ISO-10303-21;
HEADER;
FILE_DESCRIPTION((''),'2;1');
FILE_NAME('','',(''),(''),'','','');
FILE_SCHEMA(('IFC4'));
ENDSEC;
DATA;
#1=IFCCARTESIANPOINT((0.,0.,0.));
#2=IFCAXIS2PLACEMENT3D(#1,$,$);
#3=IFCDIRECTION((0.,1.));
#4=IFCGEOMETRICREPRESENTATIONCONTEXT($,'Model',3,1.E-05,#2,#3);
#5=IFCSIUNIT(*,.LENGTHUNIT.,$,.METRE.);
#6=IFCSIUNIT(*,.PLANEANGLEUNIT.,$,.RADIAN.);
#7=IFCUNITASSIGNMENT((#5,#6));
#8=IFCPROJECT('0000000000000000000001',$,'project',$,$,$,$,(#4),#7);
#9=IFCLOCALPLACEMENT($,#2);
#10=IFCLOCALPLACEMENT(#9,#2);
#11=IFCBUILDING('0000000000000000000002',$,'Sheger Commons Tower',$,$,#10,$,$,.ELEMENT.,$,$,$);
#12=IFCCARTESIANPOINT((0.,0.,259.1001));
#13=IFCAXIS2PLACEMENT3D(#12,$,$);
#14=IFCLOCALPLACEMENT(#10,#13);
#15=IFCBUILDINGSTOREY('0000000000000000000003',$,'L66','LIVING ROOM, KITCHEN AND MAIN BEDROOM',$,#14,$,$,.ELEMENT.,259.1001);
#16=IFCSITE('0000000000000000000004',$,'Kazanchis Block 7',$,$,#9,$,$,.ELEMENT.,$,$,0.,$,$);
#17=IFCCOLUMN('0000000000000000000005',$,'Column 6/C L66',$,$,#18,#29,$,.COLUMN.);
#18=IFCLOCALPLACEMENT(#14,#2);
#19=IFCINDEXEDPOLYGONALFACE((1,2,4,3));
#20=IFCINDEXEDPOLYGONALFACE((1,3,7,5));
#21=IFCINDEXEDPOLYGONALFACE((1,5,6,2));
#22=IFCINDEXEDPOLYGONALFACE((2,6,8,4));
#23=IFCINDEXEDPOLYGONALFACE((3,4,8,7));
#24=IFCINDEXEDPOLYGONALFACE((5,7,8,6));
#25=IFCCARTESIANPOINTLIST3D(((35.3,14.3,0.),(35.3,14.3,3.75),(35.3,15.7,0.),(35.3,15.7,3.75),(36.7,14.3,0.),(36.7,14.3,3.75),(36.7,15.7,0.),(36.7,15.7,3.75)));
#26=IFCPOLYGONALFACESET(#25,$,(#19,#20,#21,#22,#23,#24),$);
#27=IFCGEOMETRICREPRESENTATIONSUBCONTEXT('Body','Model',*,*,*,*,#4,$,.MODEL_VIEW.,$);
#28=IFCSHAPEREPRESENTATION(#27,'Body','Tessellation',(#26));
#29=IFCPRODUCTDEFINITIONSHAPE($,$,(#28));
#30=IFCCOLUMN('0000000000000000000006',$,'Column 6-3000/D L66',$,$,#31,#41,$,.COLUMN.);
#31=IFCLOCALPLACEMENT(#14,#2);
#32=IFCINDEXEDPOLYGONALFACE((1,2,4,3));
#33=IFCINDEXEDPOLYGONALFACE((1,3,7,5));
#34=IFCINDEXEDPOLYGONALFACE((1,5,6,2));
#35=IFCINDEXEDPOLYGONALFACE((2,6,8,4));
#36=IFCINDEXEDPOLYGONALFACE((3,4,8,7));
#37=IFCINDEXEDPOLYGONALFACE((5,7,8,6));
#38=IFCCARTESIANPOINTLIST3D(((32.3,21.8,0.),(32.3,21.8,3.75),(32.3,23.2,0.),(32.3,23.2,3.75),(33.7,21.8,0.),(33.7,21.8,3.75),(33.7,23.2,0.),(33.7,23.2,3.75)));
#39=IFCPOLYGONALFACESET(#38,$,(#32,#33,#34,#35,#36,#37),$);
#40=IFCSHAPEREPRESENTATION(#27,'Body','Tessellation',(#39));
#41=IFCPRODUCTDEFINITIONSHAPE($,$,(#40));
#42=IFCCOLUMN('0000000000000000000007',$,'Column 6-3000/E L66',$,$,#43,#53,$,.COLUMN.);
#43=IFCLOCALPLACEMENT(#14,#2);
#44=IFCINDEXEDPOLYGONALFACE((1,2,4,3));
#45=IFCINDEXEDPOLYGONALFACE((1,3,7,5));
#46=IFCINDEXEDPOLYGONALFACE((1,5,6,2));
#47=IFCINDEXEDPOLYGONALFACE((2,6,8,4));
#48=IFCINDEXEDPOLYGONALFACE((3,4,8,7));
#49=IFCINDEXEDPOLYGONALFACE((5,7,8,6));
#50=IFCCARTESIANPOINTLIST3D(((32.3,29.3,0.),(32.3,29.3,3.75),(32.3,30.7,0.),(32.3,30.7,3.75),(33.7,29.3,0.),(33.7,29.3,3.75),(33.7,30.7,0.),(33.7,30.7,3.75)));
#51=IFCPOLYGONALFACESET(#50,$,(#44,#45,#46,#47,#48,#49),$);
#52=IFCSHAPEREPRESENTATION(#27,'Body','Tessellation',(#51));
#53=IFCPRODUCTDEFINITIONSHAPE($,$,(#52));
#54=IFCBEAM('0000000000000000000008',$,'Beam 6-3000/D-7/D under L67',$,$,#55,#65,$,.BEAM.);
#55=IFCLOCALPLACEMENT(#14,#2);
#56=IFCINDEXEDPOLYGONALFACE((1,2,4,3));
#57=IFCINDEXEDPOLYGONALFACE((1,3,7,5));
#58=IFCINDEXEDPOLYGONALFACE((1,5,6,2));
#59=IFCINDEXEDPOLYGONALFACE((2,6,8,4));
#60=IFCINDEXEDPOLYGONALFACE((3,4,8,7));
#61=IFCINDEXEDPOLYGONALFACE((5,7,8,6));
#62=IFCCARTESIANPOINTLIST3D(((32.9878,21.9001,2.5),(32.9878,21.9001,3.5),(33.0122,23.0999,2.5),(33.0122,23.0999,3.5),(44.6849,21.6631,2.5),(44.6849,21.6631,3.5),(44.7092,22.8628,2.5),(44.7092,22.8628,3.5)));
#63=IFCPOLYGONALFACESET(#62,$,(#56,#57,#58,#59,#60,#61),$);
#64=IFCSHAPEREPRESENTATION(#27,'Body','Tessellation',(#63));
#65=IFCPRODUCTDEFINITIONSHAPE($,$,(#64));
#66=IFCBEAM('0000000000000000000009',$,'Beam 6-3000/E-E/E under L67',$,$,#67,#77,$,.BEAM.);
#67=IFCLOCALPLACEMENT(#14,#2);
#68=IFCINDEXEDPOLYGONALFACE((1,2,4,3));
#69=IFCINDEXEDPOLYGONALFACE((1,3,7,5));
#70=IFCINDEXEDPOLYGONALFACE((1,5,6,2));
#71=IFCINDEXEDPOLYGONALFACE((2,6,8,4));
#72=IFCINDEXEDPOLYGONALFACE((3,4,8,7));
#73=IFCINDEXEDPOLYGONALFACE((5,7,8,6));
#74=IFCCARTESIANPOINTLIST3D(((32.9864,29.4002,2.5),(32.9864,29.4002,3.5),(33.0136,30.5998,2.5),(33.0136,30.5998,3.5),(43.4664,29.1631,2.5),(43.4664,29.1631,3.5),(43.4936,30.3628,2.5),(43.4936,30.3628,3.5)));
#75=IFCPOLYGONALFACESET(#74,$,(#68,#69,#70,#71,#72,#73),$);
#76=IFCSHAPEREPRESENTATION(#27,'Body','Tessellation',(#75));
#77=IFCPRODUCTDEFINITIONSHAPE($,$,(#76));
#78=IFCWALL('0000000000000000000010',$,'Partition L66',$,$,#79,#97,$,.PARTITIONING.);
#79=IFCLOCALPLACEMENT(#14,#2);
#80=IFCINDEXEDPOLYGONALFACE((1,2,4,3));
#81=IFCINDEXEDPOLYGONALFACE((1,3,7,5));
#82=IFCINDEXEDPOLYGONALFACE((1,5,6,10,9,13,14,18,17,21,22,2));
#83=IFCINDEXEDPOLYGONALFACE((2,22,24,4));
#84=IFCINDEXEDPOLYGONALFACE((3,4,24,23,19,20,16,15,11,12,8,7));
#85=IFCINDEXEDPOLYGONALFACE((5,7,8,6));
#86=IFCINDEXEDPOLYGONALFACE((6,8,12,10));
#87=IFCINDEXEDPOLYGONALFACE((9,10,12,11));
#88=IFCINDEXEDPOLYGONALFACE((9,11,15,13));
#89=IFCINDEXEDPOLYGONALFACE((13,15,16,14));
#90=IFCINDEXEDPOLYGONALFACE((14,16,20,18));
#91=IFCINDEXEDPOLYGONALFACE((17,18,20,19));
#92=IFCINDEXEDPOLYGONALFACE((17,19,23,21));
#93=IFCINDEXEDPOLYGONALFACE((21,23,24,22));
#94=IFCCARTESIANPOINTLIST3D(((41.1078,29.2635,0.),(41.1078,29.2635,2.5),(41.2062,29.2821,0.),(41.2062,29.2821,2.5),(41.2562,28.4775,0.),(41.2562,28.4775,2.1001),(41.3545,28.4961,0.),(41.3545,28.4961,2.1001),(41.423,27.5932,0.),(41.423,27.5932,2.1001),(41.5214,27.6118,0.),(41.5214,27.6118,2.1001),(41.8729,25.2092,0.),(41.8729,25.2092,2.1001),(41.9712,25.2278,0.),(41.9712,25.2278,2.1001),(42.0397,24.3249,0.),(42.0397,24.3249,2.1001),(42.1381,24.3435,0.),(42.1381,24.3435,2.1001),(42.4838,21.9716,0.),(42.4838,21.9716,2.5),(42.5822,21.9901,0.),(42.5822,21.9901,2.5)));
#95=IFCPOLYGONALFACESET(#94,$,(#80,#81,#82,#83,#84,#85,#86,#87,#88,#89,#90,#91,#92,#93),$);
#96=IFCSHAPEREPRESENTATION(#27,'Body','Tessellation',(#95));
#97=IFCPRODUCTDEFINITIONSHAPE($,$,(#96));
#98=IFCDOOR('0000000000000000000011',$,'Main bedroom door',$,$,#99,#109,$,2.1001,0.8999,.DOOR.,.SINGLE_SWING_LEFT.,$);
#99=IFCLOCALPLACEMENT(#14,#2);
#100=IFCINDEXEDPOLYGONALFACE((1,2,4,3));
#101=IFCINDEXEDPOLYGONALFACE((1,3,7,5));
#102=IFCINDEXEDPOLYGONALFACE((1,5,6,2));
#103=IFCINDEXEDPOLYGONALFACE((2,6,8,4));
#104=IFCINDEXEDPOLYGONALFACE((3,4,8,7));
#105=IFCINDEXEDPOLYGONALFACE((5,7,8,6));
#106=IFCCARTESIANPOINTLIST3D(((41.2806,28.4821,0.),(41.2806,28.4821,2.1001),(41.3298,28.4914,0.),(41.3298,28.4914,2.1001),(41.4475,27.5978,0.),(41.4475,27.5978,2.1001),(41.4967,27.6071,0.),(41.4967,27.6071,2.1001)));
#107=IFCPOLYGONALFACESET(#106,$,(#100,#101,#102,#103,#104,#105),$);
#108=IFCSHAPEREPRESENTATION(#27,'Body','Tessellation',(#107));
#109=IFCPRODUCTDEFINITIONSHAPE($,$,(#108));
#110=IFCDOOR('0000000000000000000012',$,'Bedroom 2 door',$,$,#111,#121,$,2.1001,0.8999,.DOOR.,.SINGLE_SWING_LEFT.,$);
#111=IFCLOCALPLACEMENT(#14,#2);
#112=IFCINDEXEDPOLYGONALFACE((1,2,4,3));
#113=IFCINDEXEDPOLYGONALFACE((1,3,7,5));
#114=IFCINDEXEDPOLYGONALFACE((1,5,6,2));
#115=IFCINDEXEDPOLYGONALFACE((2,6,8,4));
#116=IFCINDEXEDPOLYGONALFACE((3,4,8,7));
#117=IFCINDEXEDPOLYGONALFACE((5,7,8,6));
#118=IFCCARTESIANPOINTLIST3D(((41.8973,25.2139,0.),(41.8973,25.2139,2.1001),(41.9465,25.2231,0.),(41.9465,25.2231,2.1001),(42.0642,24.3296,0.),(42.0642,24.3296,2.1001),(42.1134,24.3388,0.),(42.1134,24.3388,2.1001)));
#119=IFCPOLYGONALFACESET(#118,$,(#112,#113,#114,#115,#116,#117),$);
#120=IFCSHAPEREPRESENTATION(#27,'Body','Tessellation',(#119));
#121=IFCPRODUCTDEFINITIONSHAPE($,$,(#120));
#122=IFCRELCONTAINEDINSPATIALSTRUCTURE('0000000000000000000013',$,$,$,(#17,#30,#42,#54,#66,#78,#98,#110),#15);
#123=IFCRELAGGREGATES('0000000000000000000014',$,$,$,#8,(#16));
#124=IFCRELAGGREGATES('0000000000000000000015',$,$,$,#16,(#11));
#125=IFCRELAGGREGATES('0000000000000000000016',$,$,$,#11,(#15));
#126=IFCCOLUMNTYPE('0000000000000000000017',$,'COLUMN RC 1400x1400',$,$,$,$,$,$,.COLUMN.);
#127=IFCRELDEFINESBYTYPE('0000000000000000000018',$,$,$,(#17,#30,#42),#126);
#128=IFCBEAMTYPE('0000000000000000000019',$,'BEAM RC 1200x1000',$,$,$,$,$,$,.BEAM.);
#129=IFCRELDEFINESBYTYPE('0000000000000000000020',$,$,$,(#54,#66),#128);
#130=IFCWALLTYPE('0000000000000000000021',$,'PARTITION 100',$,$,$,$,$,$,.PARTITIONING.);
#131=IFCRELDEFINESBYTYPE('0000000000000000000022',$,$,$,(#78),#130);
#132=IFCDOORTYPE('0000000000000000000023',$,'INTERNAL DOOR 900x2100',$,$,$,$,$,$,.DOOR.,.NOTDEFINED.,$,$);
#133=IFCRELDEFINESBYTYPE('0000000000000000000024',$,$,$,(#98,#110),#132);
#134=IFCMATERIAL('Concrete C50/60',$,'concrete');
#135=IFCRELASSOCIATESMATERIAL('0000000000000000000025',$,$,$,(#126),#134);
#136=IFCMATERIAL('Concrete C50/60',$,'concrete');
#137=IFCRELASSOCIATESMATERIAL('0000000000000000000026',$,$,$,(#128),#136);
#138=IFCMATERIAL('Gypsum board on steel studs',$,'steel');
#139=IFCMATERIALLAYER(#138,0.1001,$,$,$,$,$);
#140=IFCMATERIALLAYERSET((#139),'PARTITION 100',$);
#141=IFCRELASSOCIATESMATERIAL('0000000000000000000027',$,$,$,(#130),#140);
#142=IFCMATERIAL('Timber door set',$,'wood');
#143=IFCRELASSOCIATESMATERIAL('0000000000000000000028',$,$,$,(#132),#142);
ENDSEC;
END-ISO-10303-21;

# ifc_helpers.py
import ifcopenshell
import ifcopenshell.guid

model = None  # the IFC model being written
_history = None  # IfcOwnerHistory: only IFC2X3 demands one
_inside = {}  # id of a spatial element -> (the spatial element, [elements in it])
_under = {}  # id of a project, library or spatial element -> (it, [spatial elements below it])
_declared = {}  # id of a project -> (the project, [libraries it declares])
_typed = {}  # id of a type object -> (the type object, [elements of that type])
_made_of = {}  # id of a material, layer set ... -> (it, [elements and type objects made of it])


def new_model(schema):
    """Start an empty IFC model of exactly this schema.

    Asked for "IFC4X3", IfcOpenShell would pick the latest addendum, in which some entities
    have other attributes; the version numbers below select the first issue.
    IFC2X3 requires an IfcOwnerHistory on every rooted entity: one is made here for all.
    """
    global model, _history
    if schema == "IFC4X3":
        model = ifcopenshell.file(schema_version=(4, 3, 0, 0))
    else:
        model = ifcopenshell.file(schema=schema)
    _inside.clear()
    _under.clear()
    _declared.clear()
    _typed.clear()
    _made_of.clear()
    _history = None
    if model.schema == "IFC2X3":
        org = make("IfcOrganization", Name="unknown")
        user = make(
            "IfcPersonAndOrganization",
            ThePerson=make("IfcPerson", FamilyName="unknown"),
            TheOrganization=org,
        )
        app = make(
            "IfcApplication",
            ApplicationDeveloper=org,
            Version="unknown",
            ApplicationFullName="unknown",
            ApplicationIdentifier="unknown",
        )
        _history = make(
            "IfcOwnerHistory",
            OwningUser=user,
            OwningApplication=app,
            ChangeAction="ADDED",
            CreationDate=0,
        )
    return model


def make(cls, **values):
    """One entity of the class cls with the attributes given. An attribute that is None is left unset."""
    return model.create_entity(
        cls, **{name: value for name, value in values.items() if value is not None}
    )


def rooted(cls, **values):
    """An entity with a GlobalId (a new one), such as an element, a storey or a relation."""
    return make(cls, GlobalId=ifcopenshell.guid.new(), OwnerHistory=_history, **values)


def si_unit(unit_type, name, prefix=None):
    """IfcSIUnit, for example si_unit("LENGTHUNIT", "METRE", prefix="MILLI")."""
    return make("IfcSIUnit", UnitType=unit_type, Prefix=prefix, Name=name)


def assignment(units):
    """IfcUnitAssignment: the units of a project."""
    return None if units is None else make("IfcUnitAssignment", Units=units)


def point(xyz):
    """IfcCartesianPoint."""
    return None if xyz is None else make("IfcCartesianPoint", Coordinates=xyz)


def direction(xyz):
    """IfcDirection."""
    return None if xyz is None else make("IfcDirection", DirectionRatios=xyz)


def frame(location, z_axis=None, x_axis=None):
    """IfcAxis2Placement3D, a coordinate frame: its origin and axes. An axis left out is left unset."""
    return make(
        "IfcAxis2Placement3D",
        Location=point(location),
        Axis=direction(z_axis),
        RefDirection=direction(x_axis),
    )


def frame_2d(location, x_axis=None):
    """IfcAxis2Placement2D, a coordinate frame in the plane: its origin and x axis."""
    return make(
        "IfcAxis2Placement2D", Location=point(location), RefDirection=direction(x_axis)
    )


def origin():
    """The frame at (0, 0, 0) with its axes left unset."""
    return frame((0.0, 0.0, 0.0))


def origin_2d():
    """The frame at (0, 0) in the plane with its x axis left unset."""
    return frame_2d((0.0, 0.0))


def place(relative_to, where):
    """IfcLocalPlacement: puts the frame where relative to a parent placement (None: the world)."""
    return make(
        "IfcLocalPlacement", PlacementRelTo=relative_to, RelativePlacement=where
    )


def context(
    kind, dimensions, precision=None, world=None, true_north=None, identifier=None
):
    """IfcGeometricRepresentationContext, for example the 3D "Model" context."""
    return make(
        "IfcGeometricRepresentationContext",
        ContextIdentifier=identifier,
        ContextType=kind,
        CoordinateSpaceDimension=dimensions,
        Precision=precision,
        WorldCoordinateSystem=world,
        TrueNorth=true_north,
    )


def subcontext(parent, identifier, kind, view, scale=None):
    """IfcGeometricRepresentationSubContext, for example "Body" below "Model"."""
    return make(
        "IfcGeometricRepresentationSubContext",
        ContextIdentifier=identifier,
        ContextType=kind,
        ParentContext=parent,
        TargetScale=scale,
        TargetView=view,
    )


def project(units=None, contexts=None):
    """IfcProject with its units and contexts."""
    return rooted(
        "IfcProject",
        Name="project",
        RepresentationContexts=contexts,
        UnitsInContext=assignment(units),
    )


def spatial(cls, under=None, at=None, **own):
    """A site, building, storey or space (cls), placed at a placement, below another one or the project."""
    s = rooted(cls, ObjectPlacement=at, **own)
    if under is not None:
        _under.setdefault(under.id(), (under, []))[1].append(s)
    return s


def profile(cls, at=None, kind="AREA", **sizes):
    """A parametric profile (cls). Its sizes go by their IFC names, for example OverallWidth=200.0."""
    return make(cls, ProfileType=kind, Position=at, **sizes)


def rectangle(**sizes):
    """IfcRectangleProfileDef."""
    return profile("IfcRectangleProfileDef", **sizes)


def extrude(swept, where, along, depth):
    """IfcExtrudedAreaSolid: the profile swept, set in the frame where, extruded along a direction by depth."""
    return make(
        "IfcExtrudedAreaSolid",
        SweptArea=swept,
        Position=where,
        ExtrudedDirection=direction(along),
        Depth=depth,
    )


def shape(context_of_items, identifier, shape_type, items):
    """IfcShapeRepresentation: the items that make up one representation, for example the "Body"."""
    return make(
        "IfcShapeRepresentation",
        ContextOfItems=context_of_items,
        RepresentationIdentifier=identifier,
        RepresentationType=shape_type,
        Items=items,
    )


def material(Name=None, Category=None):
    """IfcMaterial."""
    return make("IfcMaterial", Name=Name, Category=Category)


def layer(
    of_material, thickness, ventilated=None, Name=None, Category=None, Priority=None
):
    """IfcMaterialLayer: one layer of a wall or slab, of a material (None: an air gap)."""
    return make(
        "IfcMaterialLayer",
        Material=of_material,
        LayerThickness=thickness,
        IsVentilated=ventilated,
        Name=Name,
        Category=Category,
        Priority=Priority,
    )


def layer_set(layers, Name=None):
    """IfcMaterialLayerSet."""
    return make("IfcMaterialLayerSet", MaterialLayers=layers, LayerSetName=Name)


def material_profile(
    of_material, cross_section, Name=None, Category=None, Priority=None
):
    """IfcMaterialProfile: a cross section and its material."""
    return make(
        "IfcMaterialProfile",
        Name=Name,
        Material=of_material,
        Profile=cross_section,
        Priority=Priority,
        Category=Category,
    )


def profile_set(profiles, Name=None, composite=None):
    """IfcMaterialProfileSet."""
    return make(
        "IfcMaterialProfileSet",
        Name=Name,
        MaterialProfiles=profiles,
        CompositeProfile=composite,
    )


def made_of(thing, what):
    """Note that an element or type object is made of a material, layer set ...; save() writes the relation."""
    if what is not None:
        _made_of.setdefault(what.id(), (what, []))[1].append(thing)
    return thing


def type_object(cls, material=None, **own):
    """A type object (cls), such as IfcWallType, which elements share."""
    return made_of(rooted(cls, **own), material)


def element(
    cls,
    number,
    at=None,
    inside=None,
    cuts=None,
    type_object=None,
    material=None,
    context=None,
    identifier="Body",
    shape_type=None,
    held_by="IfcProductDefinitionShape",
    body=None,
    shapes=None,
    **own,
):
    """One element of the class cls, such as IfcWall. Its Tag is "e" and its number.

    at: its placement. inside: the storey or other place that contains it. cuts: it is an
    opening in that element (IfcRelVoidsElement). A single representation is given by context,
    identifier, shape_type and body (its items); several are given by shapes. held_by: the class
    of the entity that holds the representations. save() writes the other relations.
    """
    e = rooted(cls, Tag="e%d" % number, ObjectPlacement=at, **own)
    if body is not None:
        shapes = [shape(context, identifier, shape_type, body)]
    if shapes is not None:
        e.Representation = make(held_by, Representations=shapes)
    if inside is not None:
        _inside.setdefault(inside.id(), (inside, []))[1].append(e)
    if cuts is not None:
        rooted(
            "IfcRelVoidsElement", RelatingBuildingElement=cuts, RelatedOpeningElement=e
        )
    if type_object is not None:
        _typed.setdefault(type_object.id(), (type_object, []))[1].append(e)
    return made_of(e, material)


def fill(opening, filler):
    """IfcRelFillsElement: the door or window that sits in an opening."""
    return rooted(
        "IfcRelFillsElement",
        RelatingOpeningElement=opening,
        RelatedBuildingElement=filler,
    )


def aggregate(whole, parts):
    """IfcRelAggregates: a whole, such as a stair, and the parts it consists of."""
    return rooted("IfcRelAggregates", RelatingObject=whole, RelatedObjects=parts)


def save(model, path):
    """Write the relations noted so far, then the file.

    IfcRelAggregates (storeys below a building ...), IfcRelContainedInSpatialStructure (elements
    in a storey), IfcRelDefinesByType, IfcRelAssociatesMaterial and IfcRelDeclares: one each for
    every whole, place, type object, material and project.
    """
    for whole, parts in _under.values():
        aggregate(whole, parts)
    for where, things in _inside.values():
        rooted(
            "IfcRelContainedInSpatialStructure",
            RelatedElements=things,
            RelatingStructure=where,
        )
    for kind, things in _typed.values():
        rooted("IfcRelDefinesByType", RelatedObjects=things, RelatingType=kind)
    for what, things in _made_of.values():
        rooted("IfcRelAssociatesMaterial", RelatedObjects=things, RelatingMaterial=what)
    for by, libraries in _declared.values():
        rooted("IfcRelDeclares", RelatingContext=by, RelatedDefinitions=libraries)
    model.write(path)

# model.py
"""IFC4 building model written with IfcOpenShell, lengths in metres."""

from ifc_helpers import new_model, si_unit, direction, frame, frame_2d, origin, origin_2d, place, context, subcontext, project, spatial, rectangle, extrude, material, layer, layer_set, material_profile, profile_set, type_object, element, fill, save


model = new_model("IFC4")

# Units and contexts
model_context = context("Model", 3, precision=1e-05, world=origin(), true_north=direction((0.0, 1.0)))
body_context = subcontext(model_context, "Body", "Model", "MODEL_VIEW")
ifc_project = project(units=[si_unit("LENGTHUNIT", "METRE"), si_unit("PLANEANGLEUNIT", "RADIAN")], contexts=[model_context])

# Site, building, storey
site_placement = place(None, origin())
site = spatial("IfcSite", under=ifc_project, at=site_placement, Name="Kazanchis Block 7", CompositionType="ELEMENT", RefElevation=0.0)
building_placement = place(site_placement, origin())
building = spatial("IfcBuilding", under=site, at=building_placement, Name="Sheger Commons Tower", CompositionType="ELEMENT")
storey_placement = place(building_placement, frame((0.0, 0.0, 259.1001)))
storey = spatial("IfcBuildingStorey", under=building, at=storey_placement, Name="L66", Description="LIVING ROOM, KITCHEN AND MAIN BEDROOM", CompositionType="ELEMENT", Elevation=259.1001)

# Columns
ifc_material_1 = material(Name="Concrete C50/60", Category="concrete")
ifc_material_profile_1 = material_profile(ifc_material_1, rectangle(XDim=1.3999, YDim=1.3999, at=origin_2d()), Name="RC 1400x1400")
ifc_profile_set_1 = profile_set([ifc_material_profile_1], Name="Concrete C50/60")
column_type = type_object("IfcColumnType", Name="COLUMN RC 1400x1400", PredefinedType="COLUMN", material=ifc_profile_set_1)
for number, where, z_axis, x_axis, name in (
    (1, (36.0, 15.0, 0.0), (0.0, 0.0, 1.0), (1.0, 0.0, 0.0), "Column 6/C L66"),
    (2, (33.0, 22.5, 0.0), (0.0, 0.0, 1.0), (1.0, 0.0, 0.0), "Column 6-3000/D L66"),
    (3, (33.0, 30.0, 0.0), (0.0, 0.0, 1.0), (1.0, 0.0, 0.0), "Column 6-3000/E L66"),
):
    element("IfcColumn", number, at=place(storey_placement, frame(where, z_axis=z_axis, x_axis=x_axis)), inside=storey, type_object=column_type, Name=name, PredefinedType="COLUMN", context=body_context, shape_type="SweptSolid", body=[
        extrude(rectangle(XDim=1.3999, YDim=1.3999, at=origin_2d()), origin(), (0.0, 0.0, 1.0), 3.75),
    ])

# Beams
ifc_material_2 = material(Name="Concrete C50/60", Category="concrete")
ifc_material_profile_2 = material_profile(ifc_material_2, rectangle(XDim=1.2, YDim=1.0, at=origin_2d()), Name="RC 1200x1000")
ifc_profile_set_2 = profile_set([ifc_material_profile_2], Name="Concrete C50/60")
beam_type = type_object("IfcBeamType", Name="BEAM RC 1200x1000", PredefinedType="BEAM", material=ifc_profile_set_2)
beam_1_placement = place(storey_placement, frame((33.0, 22.5, 3.0), z_axis=(0.999795, -0.020263, 0.0), x_axis=(0.020263, 0.999795, 0.0)))
element("IfcBeam", 4, at=beam_1_placement, inside=storey, type_object=beam_type, Name="Beam 6-3000/D-7/D under L67", PredefinedType="BEAM", context=body_context, shape_type="SweptSolid", body=[
    extrude(rectangle(XDim=1.2, YDim=1.0, at=origin_2d()), origin(), (0.0, 0.0, 1.0), 11.6995),
])
beam_2_placement = place(storey_placement, frame((33.0, 30.0, 3.0), z_axis=(0.999744, -0.022615, 0.0), x_axis=(0.022615, 0.999744, 0.0)))
element("IfcBeam", 5, at=beam_2_placement, inside=storey, type_object=beam_type, Name="Beam 6-3000/E-E/E under L67", PredefinedType="BEAM", context=body_context, shape_type="SweptSolid", body=[
    extrude(rectangle(XDim=1.2, YDim=1.0, at=origin_2d()), origin(), (0.0, 0.0, 1.0), 10.4827),
])

# Wall, openings, doors
ifc_material_3 = material(Name="Gypsum board on steel studs", Category="steel")
ifc_layer_1 = layer(ifc_material_3, 0.1001)
ifc_layer_set_1 = layer_set([ifc_layer_1], Name="PARTITION 100")
wall_type_1 = type_object("IfcWallType", Name="PARTITION 100", PredefinedType="PARTITIONING", material=ifc_layer_set_1)
wall_1_placement = place(storey_placement, frame((41.157, 29.2729, 0.0), z_axis=(0.0, 0.0, 1.0), x_axis=(0.185425, -0.982658, 0.0)))
wall_1 = element("IfcWall", 6, at=wall_1_placement, inside=storey, type_object=wall_type_1, Name="Partition L66", PredefinedType="PARTITIONING", context=body_context, shape_type="SweptSolid", body=[
    extrude(rectangle(XDim=7.4207, YDim=0.1001, at=frame_2d((3.7104, 0.0))), origin(), (0.0, 0.0, 1.0), 2.5),
])
opening_1_placement = place(wall_1_placement, frame((0.8, 0.0, 0.0)))
opening_1 = element("IfcOpeningElement", 7, at=opening_1_placement, cuts=wall_1, PredefinedType="OPENING", context=body_context, shape_type="SweptSolid", body=[
    extrude(rectangle(XDim=0.8999, YDim=2.1001, at=frame_2d((0.45, 1.05))), frame((0.0, 0.0601, 0.0), z_axis=(0.0, -1.0, 0.0), x_axis=(1.0, 0.0, 0.0)), (0.0, 0.0, 1.0), 0.1201),
])
opening_2_placement = place(wall_1_placement, frame((4.126, 0.0, 0.0)))
opening_2 = element("IfcOpeningElement", 8, at=opening_2_placement, cuts=wall_1, PredefinedType="OPENING", context=body_context, shape_type="SweptSolid", body=[
    extrude(rectangle(XDim=0.8999, YDim=2.1001, at=frame_2d((0.45, 1.05))), frame((0.0, 0.0601, 0.0), z_axis=(0.0, -1.0, 0.0), x_axis=(1.0, 0.0, 0.0)), (0.0, 0.0, 1.0), 0.1201),
])
ifc_material_4 = material(Name="Timber door set", Category="wood")
door_type_1 = type_object("IfcDoorType", Name="INTERNAL DOOR 900x2100", OperationType="NOTDEFINED", PredefinedType="DOOR", material=ifc_material_4)
door_1_placement = place(opening_1_placement, origin())
door_1 = element("IfcDoor", 9, at=door_1_placement, inside=storey, type_object=door_type_1, Name="Main bedroom door", OperationType="SINGLE_SWING_LEFT", OverallHeight=2.1001, OverallWidth=0.8999, PredefinedType="DOOR", context=body_context, shape_type="SweptSolid", body=[
    extrude(rectangle(XDim=0.8999, YDim=2.1001, at=frame_2d((0.45, 1.05))), frame((0.0, 0.0249, 0.0), z_axis=(0.0, -1.0, 0.0), x_axis=(1.0, 0.0, 0.0)), (0.0, 0.0, 1.0), 0.05),
])
fill(opening_1, door_1)
door_2_placement = place(opening_2_placement, origin())
door_2 = element("IfcDoor", 10, at=door_2_placement, inside=storey, type_object=door_type_1, Name="Bedroom 2 door", OperationType="SINGLE_SWING_LEFT", OverallHeight=2.1001, OverallWidth=0.8999, PredefinedType="DOOR", context=body_context, shape_type="SweptSolid", body=[
    extrude(rectangle(XDim=0.8999, YDim=2.1001, at=frame_2d((0.45, 1.05))), frame((0.0, 0.0249, 0.0), z_axis=(0.0, -1.0, 0.0), x_axis=(1.0, 0.0, 0.0)), (0.0, 0.0, 1.0), 0.05),
])
fill(opening_2, door_2)

save(model, "model.ifc")
